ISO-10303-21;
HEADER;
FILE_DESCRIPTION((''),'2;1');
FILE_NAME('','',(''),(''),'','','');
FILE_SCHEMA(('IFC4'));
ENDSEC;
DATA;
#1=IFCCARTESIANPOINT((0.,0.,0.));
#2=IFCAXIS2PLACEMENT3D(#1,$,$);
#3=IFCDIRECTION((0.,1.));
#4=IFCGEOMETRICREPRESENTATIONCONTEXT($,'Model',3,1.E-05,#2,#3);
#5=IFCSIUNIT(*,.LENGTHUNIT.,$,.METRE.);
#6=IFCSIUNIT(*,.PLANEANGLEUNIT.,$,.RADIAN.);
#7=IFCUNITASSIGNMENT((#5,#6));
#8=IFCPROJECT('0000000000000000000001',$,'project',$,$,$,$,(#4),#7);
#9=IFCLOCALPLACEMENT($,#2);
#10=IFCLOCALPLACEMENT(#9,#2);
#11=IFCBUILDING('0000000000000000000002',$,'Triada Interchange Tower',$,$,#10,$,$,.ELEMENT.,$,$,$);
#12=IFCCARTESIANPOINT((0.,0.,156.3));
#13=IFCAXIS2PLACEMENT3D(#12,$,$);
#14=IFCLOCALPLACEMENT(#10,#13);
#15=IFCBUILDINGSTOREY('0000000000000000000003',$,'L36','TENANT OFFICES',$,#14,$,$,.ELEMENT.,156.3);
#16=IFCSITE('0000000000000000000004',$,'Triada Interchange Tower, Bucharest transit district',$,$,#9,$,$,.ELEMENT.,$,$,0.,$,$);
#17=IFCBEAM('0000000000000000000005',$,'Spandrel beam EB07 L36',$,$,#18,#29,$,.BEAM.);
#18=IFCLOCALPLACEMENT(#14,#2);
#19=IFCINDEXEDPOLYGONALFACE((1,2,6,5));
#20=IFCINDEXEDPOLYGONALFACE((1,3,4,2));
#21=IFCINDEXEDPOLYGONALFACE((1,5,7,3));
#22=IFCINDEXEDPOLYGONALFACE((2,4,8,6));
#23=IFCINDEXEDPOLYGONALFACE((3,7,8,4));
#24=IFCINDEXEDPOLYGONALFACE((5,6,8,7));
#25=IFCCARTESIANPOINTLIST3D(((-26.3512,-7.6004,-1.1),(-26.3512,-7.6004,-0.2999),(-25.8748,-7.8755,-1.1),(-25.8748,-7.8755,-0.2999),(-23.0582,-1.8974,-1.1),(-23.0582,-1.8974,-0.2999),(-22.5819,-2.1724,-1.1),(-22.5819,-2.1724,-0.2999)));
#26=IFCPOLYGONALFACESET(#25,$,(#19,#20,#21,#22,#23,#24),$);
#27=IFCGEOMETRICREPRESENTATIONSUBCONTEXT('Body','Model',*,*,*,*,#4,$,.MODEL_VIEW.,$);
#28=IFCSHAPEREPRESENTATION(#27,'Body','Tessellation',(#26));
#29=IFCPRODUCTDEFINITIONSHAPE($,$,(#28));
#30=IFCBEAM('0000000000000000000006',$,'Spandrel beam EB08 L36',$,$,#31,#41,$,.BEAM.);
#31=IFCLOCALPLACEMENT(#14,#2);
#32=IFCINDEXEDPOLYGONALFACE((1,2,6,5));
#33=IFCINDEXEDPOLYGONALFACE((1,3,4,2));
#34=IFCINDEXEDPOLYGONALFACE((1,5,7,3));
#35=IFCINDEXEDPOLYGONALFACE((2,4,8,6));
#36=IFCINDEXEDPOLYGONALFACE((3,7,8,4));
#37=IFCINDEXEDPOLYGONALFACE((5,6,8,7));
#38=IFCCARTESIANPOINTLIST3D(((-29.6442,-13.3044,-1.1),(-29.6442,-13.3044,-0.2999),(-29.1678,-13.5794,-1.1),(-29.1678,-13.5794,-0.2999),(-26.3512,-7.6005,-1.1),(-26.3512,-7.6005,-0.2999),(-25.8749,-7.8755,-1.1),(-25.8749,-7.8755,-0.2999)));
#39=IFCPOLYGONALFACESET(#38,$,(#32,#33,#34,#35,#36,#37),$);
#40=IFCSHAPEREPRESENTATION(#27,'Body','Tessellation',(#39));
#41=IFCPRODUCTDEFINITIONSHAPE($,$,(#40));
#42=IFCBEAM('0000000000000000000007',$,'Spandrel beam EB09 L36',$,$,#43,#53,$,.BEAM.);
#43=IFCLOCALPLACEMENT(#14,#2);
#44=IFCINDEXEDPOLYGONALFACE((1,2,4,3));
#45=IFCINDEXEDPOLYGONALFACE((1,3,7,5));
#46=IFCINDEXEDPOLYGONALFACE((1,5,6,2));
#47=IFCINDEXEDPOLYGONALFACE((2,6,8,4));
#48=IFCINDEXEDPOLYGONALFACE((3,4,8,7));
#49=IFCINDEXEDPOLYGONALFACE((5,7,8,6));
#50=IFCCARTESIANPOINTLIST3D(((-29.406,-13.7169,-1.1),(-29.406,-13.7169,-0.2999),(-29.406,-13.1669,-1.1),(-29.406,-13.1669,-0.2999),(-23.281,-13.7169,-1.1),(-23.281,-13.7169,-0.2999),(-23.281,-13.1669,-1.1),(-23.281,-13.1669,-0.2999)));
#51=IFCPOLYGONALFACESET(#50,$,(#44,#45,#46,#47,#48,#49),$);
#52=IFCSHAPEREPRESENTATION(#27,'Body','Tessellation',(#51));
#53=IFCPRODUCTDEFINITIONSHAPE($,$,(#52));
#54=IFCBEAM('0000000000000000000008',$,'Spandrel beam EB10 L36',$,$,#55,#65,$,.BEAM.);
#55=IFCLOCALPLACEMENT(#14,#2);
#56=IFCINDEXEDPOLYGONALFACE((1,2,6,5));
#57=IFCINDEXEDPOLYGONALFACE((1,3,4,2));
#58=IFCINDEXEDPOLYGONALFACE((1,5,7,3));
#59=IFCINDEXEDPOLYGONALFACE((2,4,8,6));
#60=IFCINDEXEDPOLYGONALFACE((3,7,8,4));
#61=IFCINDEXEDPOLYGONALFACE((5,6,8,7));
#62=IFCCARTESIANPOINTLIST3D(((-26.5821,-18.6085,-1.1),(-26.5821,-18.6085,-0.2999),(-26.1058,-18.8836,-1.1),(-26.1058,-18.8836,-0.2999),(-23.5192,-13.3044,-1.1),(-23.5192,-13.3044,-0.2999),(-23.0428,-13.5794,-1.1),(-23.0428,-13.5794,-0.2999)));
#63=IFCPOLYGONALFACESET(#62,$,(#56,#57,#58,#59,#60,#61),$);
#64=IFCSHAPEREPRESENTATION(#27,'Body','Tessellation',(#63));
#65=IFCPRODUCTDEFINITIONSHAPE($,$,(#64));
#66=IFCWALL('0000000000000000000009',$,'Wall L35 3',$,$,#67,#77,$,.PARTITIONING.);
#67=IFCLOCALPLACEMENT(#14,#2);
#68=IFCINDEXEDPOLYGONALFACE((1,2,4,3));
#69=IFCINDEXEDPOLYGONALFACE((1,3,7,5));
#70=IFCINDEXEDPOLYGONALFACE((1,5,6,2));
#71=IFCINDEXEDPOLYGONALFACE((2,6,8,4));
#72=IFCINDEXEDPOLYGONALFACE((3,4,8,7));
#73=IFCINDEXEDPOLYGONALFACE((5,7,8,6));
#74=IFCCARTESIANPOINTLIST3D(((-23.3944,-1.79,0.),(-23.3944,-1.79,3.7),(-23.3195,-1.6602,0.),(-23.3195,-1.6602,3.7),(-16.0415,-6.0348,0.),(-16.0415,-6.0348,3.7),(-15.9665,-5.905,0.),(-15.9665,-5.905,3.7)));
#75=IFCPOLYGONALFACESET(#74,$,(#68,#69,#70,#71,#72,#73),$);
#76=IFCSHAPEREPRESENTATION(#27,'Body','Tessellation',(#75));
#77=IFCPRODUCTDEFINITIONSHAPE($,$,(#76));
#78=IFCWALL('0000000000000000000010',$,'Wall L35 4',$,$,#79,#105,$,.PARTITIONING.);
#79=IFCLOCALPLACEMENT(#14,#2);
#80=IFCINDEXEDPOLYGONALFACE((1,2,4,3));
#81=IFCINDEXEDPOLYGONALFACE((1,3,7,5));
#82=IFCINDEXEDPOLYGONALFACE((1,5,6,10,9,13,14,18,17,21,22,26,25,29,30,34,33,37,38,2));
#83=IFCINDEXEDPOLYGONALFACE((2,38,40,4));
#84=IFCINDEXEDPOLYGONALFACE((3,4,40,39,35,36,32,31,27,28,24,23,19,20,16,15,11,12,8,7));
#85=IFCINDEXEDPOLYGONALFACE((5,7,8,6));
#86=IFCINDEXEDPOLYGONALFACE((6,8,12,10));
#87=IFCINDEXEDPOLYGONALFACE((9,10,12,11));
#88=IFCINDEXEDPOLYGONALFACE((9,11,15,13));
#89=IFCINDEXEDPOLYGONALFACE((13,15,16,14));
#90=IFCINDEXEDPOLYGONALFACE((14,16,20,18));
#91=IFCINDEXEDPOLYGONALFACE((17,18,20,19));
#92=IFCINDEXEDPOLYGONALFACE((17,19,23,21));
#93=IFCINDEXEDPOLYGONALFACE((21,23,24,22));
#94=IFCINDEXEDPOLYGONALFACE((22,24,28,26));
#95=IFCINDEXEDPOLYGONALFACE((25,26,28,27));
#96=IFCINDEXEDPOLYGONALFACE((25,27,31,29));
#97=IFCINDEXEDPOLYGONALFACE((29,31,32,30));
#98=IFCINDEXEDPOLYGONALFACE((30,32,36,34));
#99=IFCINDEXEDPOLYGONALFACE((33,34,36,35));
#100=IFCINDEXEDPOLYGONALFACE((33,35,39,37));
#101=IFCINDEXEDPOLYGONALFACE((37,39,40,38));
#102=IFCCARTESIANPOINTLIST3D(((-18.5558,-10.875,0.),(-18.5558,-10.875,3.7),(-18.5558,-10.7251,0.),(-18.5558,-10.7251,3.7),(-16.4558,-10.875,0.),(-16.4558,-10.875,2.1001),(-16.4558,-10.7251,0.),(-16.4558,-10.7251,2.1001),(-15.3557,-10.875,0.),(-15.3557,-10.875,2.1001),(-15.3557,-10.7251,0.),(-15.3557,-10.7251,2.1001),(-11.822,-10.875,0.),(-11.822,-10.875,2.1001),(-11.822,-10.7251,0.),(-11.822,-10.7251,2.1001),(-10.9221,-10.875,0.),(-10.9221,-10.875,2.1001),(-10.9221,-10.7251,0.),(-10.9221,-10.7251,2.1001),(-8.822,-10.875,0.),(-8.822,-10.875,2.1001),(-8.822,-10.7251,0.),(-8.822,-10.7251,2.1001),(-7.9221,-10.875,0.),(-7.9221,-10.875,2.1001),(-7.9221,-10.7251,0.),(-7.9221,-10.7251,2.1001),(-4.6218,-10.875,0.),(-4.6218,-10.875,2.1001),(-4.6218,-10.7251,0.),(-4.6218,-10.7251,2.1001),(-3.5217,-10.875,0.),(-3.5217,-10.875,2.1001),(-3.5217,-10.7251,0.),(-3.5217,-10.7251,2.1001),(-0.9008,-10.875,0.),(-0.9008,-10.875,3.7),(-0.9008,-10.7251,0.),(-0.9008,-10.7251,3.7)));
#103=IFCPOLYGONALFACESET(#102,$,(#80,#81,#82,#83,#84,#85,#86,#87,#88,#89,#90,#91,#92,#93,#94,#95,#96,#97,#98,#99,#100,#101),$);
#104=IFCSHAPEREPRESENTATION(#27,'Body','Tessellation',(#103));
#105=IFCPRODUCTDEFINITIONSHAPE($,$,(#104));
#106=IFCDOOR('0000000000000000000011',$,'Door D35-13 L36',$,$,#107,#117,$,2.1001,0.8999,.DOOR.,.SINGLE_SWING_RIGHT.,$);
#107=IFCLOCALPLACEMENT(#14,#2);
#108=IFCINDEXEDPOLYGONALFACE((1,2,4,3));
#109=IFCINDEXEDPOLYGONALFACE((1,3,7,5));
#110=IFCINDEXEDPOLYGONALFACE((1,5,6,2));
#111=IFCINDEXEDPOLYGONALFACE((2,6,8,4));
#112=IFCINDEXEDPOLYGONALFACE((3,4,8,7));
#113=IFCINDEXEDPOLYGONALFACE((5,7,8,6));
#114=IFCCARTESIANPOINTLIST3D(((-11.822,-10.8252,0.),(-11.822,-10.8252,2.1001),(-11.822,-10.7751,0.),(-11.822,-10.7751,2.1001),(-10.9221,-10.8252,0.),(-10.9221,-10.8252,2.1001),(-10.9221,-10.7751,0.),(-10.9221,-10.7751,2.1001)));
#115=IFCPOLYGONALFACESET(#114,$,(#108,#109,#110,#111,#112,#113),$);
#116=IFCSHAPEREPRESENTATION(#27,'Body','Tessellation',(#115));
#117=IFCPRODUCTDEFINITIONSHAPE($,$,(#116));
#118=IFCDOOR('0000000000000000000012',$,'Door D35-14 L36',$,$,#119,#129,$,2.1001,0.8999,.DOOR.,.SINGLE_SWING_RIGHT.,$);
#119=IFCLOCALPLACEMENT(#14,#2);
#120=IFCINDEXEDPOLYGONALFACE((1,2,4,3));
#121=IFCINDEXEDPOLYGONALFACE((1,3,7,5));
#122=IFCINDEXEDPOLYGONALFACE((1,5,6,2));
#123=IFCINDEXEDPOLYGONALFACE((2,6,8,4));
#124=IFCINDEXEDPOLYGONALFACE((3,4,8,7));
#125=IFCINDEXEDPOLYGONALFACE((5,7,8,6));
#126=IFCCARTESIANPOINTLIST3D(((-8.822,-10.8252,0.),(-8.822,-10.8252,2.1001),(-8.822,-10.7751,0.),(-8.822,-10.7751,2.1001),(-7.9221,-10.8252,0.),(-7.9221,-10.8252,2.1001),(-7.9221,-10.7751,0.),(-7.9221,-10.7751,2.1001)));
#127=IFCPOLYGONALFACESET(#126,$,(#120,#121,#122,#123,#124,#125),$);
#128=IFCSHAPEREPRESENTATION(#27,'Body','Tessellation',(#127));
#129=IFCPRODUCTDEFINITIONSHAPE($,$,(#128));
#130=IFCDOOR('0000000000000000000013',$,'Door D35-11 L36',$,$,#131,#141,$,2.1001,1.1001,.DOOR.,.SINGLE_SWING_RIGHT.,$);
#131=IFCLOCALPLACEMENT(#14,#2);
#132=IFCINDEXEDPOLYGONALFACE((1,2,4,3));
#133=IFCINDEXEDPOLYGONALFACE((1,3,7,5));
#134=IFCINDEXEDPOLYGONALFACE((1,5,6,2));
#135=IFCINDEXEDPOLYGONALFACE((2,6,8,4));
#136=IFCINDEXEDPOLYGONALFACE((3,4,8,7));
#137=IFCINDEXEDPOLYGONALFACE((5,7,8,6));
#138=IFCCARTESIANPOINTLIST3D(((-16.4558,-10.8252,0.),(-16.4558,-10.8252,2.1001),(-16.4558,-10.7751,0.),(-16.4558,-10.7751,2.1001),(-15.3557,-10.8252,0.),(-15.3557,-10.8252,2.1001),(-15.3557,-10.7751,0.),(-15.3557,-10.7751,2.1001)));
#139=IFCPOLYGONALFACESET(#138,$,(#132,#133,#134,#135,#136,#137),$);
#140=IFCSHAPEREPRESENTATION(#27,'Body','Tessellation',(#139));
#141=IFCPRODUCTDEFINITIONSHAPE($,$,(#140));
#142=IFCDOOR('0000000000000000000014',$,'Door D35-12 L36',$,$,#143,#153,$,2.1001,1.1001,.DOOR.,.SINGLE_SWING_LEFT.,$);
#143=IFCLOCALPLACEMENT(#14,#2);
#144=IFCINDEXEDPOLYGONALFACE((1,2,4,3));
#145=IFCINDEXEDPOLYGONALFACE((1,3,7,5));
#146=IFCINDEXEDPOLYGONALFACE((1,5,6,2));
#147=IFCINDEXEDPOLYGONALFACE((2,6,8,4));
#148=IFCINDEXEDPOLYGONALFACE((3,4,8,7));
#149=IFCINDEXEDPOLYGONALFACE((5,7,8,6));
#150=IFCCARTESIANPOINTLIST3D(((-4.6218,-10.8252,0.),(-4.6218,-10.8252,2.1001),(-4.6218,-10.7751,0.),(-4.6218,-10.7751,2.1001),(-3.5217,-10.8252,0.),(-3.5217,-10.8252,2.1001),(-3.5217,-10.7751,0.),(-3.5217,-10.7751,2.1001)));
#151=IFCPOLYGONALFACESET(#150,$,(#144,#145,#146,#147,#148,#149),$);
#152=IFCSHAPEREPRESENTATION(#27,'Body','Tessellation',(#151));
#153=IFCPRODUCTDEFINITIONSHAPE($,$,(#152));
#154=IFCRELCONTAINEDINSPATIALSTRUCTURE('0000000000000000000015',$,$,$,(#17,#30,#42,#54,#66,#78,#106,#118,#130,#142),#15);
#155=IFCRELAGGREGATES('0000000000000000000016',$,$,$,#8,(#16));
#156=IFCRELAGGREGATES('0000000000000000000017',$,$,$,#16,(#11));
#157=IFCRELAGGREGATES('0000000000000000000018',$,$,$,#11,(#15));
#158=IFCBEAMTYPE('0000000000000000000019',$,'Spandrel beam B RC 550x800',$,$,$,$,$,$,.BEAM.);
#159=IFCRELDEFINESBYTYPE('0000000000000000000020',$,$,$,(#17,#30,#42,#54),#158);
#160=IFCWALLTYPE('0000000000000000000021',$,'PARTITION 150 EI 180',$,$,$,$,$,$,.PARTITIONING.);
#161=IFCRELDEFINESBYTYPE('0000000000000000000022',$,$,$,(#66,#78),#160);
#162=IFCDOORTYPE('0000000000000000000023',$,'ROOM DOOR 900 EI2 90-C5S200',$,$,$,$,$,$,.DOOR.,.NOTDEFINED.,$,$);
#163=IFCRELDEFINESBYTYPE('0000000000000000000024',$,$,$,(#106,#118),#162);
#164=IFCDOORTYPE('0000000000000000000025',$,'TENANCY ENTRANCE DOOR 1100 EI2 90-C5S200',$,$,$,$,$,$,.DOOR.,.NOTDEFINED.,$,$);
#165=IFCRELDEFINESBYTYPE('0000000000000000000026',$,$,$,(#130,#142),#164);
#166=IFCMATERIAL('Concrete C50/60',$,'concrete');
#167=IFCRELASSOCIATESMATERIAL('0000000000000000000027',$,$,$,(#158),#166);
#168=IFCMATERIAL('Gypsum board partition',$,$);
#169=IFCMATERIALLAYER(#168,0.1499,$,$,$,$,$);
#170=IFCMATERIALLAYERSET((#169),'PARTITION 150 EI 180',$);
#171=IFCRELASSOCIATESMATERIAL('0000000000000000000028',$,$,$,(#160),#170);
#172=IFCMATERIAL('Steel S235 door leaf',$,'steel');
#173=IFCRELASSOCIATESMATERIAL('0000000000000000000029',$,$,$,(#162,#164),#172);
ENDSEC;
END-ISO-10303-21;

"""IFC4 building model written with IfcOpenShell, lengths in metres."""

from ifc_helpers import new_model, si_unit, direction, frame, frame_2d, origin, origin_2d, place, context, subcontext, project, spatial, rectangle, extrude, material, layer, layer_set, material_profile, profile_set, type_object, element, fill, save


model = new_model("IFC4")

# Units and contexts
model_context = context("Model", 3, precision=1e-05, world=origin(), true_north=direction((0.0, 1.0)))
body_context = subcontext(model_context, "Body", "Model", "MODEL_VIEW")
ifc_project = project(units=[si_unit("LENGTHUNIT", "METRE"), si_unit("PLANEANGLEUNIT", "RADIAN")], contexts=[model_context])

# Site, building, storey
site_placement = place(None, origin())
site = spatial("IfcSite", under=ifc_project, at=site_placement, Name="Triada Interchange Tower, Bucharest transit district", CompositionType="ELEMENT", RefElevation=0.0)
building_placement = place(site_placement, origin())
building = spatial("IfcBuilding", under=site, at=building_placement, Name="Triada Interchange Tower", CompositionType="ELEMENT")
storey_placement = place(building_placement, frame((0.0, 0.0, 156.3)))
storey = spatial("IfcBuildingStorey", under=building, at=storey_placement, Name="L36", Description="TENANT OFFICES", CompositionType="ELEMENT", Elevation=156.3)

# Beams
ifc_material_1 = material(Name="Concrete C50/60", Category="concrete")
ifc_material_profile_1 = material_profile(ifc_material_1, rectangle(XDim=0.55, YDim=0.8, at=origin_2d()), Name="RC 550x800")
ifc_profile_set_1 = profile_set([ifc_material_profile_1], Name="Concrete C50/60")
beam_type_1 = type_object("IfcBeamType", Name="Spandrel beam B RC 550x800", PredefinedType="BEAM", material=ifc_profile_set_1)
beam_1_placement = place(storey_placement, frame((-22.8201, -2.0349, -0.7), z_axis=(-0.500031, -0.866008, 0.0), x_axis=(0.866008, -0.500031, 0.0)))
element("IfcBeam", 1, at=beam_1_placement, inside=storey, type_object=beam_type_1, Name="Spandrel beam EB07 L36", PredefinedType="BEAM", context=body_context, shape_type="SweptSolid", body=[
    extrude(rectangle(XDim=0.55, YDim=0.8, at=origin_2d()), origin(), (0.0, 0.0, 1.0), 6.5854),
])
beam_2_placement = place(storey_placement, frame((-26.113, -7.738, -0.7), z_axis=(-0.499982, -0.866036, 0.0), x_axis=(0.866036, -0.499982, 0.0)))
element("IfcBeam", 2, at=beam_2_placement, inside=storey, type_object=beam_type_1, Name="Spandrel beam EB08 L36", PredefinedType="BEAM", context=body_context, shape_type="SweptSolid", body=[
    extrude(rectangle(XDim=0.55, YDim=0.8, at=origin_2d()), origin(), (0.0, 0.0, 1.0), 6.5862),
])
for number, where, z_axis, x_axis, name in (
    (3, (-29.406, -13.4419, -0.7), (1.0, 0.0, 0.0), (0.0, 1.0, 0.0), "Spandrel beam EB09 L36"),
    (4, (-23.281, -13.4419, -0.7), (-0.500074, -0.865982, 0.0), (0.865982, -0.500074, 0.0), "Spandrel beam EB10 L36"),
):
    element("IfcBeam", number, at=place(storey_placement, frame(where, z_axis=z_axis, x_axis=x_axis)), inside=storey, type_object=beam_type_1, Name=name, PredefinedType="BEAM", context=body_context, shape_type="SweptSolid", body=[
        extrude(rectangle(XDim=0.55, YDim=0.8, at=origin_2d()), origin(), (0.0, 0.0, 1.0), 6.125),
    ])

# Wall
ifc_material_2 = material(Name="Gypsum board partition")
ifc_layer_1 = layer(ifc_material_2, 0.1499)
ifc_layer_set_1 = layer_set([ifc_layer_1], Name="PARTITION 150 EI 180")
wall_type = type_object("IfcWallType", Name="PARTITION 150 EI 180", PredefinedType="PARTITIONING", material=ifc_layer_set_1)
wall_1_placement = place(storey_placement, frame((-23.3569, -1.7251, 0.0), z_axis=(0.0, 0.0, 1.0), x_axis=(0.866046, -0.499965, 0.0)))
element("IfcWall", 5, at=wall_1_placement, inside=storey, type_object=wall_type, Name="Wall L35 3", PredefinedType="PARTITIONING", context=body_context, shape_type="SweptSolid", body=[
    extrude(rectangle(XDim=8.4902, YDim=0.1499, at=frame_2d((4.2451, 0.0))), origin(), (0.0, 0.0, 1.0), 3.7),
])

# Wall, openings, doors
wall_2_placement = place(storey_placement, frame((-18.5559, -10.8, 0.0), z_axis=(0.0, 0.0, 1.0), x_axis=(1.0, 0.0, 0.0)))
wall_2 = element("IfcWall", 6, at=wall_2_placement, inside=storey, type_object=wall_type, Name="Wall L35 4", PredefinedType="PARTITIONING", context=body_context, shape_type="SweptSolid", body=[
    extrude(rectangle(XDim=17.655, YDim=0.1499, at=frame_2d((8.8276, 0.0))), origin(), (0.0, 0.0, 1.0), 3.7),
])
opening_1_placement = place(wall_2_placement, frame((2.1001, 0.0, 0.0)))
opening_1 = element("IfcOpeningElement", 7, at=opening_1_placement, cuts=wall_2, PredefinedType="OPENING", context=body_context, shape_type="SweptSolid", body=[
    extrude(rectangle(XDim=1.1001, YDim=2.1001, at=frame_2d((0.55, 1.05))), frame((0.0, 0.085, 0.0), z_axis=(0.0, -1.0, 0.0), x_axis=(1.0, 0.0, 0.0)), (0.0, 0.0, 1.0), 0.1699),
])
opening_2_placement = place(wall_2_placement, frame((13.9341, 0.0, 0.0)))
opening_2 = element("IfcOpeningElement", 8, at=opening_2_placement, cuts=wall_2, PredefinedType="OPENING", context=body_context, shape_type="SweptSolid", body=[
    extrude(rectangle(XDim=1.1001, YDim=2.1001, at=frame_2d((0.55, 1.05))), frame((0.0, 0.085, 0.0), z_axis=(0.0, -1.0, 0.0), x_axis=(1.0, 0.0, 0.0)), (0.0, 0.0, 1.0), 0.1699),
])
opening_3_placement = place(wall_2_placement, frame((6.7339, 0.0, 0.0)))
opening_3 = element("IfcOpeningElement", 9, at=opening_3_placement, cuts=wall_2, PredefinedType="OPENING", context=body_context, shape_type="SweptSolid", body=[
    extrude(rectangle(XDim=0.8999, YDim=2.1001, at=frame_2d((0.45, 1.05))), frame((0.0, 0.085, 0.0), z_axis=(0.0, -1.0, 0.0), x_axis=(1.0, 0.0, 0.0)), (0.0, 0.0, 1.0), 0.1699),
])
opening_4_placement = place(wall_2_placement, frame((9.7339, 0.0, 0.0)))
opening_4 = element("IfcOpeningElement", 10, at=opening_4_placement, cuts=wall_2, PredefinedType="OPENING", context=body_context, shape_type="SweptSolid", body=[
    extrude(rectangle(XDim=0.8999, YDim=2.1001, at=frame_2d((0.45, 1.05))), frame((0.0, 0.085, 0.0), z_axis=(0.0, -1.0, 0.0), x_axis=(1.0, 0.0, 0.0)), (0.0, 0.0, 1.0), 0.1699),
])
ifc_material_3 = material(Name="Steel S235 door leaf", Category="steel")
door_type_1 = type_object("IfcDoorType", Name="ROOM DOOR 900 EI2 90-C5S200", OperationType="NOTDEFINED", PredefinedType="DOOR", material=ifc_material_3)
door_1_placement = place(opening_3_placement, origin())
door_1 = element("IfcDoor", 11, at=door_1_placement, inside=storey, type_object=door_type_1, Name="Door D35-13 L36", OperationType="SINGLE_SWING_RIGHT", OverallHeight=2.1001, OverallWidth=0.8999, PredefinedType="DOOR", context=body_context, shape_type="SweptSolid", body=[
    extrude(rectangle(XDim=0.8999, YDim=2.1001, at=frame_2d((0.45, 1.05))), frame((0.0, 0.0249, 0.0), z_axis=(0.0, -1.0, 0.0), x_axis=(1.0, 0.0, 0.0)), (0.0, 0.0, 1.0), 0.05),
])
fill(opening_3, door_1)
door_2_placement = place(opening_4_placement, origin())
door_2 = element("IfcDoor", 12, at=door_2_placement, inside=storey, type_object=door_type_1, Name="Door D35-14 L36", OperationType="SINGLE_SWING_RIGHT", OverallHeight=2.1001, OverallWidth=0.8999, PredefinedType="DOOR", context=body_context, shape_type="SweptSolid", body=[
    extrude(rectangle(XDim=0.8999, YDim=2.1001, at=frame_2d((0.45, 1.05))), frame((0.0, 0.0249, 0.0), z_axis=(0.0, -1.0, 0.0), x_axis=(1.0, 0.0, 0.0)), (0.0, 0.0, 1.0), 0.05),
])
fill(opening_4, door_2)
door_type_2 = type_object("IfcDoorType", Name="TENANCY ENTRANCE DOOR 1100 EI2 90-C5S200", OperationType="NOTDEFINED", PredefinedType="DOOR", material=ifc_material_3)
door_3_placement = place(opening_1_placement, origin())
door_3 = element("IfcDoor", 13, at=door_3_placement, inside=storey, type_object=door_type_2, Name="Door D35-11 L36", OperationType="SINGLE_SWING_RIGHT", OverallHeight=2.1001, OverallWidth=1.1001, PredefinedType="DOOR", context=body_context, shape_type="SweptSolid", body=[
    extrude(rectangle(XDim=1.1001, YDim=2.1001, at=frame_2d((0.55, 1.05))), frame((0.0, 0.0249, 0.0), z_axis=(0.0, -1.0, 0.0), x_axis=(1.0, 0.0, 0.0)), (0.0, 0.0, 1.0), 0.05),
])
fill(opening_1, door_3)
door_4_placement = place(opening_2_placement, origin())
door_4 = element("IfcDoor", 14, at=door_4_placement, inside=storey, type_object=door_type_2, Name="Door D35-12 L36", OperationType="SINGLE_SWING_LEFT", OverallHeight=2.1001, OverallWidth=1.1001, PredefinedType="DOOR", context=body_context, shape_type="SweptSolid", body=[
    extrude(rectangle(XDim=1.1001, YDim=2.1001, at=frame_2d((0.55, 1.05))), frame((0.0, 0.0249, 0.0), z_axis=(0.0, -1.0, 0.0), x_axis=(1.0, 0.0, 0.0)), (0.0, 0.0, 1.0), 0.05),
])
fill(opening_2, door_4)

save(model, "model.ifc")
